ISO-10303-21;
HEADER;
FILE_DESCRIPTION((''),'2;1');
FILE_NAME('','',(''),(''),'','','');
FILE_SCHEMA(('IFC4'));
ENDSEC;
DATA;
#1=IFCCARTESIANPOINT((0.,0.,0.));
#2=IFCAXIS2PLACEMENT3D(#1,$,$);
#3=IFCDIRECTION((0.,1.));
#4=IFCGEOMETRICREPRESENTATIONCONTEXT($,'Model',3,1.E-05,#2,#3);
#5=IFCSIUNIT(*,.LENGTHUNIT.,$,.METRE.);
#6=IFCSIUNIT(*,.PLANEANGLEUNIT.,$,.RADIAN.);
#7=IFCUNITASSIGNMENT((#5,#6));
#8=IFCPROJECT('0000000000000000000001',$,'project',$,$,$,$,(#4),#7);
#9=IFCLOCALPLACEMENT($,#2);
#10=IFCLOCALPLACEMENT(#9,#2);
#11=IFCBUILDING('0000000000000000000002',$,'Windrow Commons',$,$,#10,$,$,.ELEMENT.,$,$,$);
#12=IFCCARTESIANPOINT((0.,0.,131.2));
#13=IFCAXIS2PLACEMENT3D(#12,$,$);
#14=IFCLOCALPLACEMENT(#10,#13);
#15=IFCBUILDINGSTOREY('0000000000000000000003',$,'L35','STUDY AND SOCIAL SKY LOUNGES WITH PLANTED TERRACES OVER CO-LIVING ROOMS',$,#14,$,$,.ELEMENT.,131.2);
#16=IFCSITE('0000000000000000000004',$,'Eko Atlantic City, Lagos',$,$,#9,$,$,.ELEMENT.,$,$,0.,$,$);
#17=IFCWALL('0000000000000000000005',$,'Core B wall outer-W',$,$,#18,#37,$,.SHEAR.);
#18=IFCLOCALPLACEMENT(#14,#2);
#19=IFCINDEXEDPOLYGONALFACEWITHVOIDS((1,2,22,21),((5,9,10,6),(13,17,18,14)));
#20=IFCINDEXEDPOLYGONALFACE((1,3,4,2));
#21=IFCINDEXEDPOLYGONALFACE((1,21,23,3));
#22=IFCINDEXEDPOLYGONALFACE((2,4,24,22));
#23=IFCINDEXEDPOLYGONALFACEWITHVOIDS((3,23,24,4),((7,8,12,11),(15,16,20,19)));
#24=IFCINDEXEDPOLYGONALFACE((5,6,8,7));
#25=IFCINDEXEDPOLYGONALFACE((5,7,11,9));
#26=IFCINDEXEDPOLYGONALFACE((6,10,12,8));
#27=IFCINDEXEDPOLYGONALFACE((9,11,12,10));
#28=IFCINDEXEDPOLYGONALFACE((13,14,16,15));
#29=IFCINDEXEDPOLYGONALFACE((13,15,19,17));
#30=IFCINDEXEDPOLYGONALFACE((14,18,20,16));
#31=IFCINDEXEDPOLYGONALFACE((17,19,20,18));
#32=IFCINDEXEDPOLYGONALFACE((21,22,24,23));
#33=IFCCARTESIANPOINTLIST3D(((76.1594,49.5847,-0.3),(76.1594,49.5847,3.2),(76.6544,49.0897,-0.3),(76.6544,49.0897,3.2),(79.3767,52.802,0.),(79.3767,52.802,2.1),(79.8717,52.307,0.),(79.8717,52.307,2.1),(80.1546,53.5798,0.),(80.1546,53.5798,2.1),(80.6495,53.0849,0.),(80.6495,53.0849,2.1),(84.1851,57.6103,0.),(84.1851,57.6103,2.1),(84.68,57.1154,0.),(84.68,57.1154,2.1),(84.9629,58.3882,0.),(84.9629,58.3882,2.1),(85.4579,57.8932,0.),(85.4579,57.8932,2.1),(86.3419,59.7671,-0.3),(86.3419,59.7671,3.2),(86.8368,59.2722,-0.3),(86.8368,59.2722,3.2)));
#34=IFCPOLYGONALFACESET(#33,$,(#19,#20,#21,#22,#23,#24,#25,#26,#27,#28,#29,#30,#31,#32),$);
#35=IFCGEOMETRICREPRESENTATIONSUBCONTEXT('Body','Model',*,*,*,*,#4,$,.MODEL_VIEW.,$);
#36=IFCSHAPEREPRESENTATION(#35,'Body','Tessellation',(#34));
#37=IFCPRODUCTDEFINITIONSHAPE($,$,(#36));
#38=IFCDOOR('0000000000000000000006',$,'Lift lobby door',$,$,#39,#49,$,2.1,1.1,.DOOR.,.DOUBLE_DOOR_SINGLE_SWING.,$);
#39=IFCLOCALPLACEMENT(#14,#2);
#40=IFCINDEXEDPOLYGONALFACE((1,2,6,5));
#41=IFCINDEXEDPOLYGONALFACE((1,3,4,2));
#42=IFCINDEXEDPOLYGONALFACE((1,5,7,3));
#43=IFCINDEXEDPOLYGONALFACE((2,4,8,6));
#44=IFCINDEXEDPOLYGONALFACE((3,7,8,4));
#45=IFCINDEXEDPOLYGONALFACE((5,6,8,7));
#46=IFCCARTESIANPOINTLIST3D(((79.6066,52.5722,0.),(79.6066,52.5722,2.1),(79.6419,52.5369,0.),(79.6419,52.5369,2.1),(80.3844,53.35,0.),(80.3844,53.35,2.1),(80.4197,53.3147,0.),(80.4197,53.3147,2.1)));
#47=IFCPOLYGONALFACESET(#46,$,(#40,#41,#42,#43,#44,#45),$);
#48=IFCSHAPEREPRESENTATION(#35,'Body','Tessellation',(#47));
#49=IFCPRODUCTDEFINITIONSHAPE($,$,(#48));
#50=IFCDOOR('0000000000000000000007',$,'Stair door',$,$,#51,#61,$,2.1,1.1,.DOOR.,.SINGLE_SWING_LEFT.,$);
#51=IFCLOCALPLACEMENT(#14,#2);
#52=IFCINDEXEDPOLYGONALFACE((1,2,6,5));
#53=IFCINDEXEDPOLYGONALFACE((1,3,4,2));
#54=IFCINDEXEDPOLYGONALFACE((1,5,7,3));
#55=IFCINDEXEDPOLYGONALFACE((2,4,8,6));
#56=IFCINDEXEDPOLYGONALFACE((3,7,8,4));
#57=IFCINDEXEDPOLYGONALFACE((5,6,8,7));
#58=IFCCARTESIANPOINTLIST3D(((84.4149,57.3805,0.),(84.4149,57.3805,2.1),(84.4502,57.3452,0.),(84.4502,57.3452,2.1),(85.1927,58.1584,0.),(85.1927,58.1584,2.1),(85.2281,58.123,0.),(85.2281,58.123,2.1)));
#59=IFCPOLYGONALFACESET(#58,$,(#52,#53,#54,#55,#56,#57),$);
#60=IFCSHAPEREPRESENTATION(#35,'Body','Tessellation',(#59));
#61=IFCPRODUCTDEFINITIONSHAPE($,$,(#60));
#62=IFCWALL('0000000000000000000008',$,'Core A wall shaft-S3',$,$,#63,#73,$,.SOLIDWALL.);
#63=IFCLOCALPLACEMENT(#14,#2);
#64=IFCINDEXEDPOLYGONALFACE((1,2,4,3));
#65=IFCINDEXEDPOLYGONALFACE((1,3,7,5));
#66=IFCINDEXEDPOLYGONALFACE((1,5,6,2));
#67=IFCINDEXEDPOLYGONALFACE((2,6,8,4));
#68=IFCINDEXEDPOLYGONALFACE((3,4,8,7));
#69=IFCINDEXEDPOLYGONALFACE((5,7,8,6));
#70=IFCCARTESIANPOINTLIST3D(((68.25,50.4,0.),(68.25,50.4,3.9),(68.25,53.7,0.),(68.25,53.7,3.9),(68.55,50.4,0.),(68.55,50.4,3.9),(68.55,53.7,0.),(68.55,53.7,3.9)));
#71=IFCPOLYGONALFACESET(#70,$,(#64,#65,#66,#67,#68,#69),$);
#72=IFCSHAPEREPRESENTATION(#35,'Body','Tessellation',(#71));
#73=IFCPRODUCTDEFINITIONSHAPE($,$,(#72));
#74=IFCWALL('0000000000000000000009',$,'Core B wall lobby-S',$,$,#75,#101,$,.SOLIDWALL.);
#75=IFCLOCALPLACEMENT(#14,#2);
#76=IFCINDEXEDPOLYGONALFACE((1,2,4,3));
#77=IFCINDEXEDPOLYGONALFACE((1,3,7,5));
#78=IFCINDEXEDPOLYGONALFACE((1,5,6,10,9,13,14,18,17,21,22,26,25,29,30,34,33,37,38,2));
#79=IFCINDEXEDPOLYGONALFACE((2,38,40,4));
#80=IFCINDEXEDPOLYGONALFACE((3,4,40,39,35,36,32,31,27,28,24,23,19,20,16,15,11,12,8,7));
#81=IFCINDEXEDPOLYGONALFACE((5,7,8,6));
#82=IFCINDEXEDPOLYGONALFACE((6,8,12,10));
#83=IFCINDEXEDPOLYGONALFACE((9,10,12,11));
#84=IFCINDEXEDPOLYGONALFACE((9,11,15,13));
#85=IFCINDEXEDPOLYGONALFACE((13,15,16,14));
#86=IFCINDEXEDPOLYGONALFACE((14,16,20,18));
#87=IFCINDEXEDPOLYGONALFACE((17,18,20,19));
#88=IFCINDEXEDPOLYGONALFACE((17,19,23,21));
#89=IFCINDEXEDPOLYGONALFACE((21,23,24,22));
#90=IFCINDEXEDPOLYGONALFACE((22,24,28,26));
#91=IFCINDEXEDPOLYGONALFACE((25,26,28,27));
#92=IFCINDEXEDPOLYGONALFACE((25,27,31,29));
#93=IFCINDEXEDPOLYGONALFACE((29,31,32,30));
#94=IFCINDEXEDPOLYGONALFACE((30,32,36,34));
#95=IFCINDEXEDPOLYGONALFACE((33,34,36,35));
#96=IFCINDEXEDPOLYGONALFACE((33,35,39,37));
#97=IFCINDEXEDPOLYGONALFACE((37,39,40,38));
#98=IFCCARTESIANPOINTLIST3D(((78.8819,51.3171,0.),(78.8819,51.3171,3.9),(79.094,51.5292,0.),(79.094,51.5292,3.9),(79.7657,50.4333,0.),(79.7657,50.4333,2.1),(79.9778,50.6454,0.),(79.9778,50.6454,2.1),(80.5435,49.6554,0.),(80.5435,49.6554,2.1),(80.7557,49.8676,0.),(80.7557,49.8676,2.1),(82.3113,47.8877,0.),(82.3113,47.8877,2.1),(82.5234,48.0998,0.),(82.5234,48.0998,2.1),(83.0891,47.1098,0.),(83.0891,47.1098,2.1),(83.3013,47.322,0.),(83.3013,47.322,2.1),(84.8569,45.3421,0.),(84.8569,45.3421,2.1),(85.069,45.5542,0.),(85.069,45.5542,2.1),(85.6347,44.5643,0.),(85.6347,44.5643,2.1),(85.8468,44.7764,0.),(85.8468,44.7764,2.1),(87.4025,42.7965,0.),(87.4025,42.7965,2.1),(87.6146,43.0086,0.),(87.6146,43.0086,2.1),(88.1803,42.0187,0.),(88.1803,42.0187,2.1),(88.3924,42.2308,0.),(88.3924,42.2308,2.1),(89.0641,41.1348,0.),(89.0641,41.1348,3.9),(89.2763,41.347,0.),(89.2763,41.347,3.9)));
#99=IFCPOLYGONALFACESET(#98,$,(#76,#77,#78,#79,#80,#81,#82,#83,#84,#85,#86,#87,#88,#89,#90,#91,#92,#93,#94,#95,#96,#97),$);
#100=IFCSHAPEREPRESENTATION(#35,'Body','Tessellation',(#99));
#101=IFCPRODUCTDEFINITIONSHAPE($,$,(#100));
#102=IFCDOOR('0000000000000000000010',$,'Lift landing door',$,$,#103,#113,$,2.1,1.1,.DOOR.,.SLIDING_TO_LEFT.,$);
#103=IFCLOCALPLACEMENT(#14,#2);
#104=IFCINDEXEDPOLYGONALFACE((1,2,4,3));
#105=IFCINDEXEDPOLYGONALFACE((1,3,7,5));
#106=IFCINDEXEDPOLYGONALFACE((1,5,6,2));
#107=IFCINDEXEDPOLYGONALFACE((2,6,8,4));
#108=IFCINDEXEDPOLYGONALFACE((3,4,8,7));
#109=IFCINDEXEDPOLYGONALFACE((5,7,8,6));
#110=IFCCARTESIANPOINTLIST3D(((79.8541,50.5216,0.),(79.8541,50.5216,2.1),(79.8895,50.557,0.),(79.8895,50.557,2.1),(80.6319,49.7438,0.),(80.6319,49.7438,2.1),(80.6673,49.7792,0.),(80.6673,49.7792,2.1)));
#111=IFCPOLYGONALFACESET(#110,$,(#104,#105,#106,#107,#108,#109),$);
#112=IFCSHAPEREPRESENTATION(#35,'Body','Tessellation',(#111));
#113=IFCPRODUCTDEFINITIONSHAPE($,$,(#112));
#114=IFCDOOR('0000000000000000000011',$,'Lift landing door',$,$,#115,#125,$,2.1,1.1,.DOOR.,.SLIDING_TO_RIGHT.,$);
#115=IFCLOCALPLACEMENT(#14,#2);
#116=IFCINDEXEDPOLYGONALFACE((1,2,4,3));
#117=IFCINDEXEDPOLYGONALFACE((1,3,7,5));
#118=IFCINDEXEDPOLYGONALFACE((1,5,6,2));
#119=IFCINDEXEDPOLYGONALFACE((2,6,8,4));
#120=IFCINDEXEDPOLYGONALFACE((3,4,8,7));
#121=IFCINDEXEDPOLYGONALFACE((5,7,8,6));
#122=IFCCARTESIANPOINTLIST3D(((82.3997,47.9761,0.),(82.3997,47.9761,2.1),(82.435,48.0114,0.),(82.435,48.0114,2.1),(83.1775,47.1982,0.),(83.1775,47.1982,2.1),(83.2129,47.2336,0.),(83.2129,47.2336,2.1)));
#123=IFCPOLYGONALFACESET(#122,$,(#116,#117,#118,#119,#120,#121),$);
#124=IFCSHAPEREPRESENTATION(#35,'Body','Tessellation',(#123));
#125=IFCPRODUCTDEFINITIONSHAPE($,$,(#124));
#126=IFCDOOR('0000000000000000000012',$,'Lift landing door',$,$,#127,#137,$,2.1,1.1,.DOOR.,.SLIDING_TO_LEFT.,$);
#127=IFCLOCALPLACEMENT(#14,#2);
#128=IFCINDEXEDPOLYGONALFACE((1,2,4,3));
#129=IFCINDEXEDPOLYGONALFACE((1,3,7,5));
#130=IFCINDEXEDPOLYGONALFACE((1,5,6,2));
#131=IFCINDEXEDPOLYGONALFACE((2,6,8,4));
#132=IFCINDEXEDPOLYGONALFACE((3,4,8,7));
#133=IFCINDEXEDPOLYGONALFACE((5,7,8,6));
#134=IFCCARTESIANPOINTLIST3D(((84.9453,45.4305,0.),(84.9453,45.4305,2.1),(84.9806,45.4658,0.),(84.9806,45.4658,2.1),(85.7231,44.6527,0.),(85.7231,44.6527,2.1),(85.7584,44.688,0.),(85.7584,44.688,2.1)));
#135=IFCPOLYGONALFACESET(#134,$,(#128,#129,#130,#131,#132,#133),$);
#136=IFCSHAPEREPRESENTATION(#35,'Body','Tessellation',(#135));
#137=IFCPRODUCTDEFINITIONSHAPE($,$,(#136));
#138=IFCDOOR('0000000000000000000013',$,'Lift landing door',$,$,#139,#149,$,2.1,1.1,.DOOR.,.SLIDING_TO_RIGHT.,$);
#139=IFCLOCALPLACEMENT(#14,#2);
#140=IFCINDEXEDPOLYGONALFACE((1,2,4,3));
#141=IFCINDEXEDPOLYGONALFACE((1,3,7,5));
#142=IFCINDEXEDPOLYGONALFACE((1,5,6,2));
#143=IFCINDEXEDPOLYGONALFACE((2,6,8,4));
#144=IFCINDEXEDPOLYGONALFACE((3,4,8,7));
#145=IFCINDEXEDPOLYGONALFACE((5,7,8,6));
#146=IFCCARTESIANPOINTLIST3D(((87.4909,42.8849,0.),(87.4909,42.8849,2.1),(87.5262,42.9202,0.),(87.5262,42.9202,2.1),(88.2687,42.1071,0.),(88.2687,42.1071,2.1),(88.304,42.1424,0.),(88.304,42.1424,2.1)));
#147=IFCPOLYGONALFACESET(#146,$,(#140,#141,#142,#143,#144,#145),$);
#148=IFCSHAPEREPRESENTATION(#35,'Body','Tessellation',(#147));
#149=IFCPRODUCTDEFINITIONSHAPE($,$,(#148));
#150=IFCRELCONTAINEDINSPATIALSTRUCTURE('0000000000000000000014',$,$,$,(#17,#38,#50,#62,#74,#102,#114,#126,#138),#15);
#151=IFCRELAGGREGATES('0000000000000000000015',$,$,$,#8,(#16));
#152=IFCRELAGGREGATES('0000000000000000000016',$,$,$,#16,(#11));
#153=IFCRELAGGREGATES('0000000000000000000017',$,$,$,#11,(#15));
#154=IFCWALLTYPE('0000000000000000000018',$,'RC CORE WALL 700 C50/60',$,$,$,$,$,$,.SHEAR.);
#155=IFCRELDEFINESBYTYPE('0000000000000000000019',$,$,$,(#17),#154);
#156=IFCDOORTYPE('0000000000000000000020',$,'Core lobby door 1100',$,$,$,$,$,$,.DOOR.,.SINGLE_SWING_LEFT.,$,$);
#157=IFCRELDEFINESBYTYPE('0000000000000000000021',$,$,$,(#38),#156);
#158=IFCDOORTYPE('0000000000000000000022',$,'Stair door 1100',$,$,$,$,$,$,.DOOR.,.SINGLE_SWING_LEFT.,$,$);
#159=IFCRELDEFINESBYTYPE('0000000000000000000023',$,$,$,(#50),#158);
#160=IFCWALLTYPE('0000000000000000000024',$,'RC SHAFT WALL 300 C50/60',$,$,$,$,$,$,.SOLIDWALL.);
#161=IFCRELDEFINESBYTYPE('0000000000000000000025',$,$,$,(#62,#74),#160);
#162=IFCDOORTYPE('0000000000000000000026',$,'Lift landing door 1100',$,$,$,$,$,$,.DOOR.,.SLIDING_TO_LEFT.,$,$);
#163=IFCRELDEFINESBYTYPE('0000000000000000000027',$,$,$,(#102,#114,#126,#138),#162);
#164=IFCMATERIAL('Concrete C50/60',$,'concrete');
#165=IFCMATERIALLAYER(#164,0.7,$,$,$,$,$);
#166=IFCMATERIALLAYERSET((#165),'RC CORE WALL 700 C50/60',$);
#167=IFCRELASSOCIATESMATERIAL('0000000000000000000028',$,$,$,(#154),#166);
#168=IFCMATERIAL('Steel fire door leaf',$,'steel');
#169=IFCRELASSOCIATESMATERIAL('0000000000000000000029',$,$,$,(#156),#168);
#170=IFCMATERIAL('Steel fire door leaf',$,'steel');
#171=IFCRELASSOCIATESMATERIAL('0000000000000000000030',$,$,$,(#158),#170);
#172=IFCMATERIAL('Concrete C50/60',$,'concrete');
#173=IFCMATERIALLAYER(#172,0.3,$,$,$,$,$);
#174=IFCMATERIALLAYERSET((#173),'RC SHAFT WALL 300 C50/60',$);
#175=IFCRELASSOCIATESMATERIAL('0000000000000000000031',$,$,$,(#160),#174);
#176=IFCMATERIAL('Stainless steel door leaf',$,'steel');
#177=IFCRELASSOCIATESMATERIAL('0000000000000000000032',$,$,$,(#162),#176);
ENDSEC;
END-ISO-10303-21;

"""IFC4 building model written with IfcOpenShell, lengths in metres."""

from ifc_helpers import new_model, si_unit, direction, frame, frame_2d, origin, place, context, subcontext, project, spatial, rectangle, extrude, material, layer, layer_set, type_object, element, fill, save


model = new_model("IFC4")

# Units and contexts
model_context = context("Model", 3, precision=1e-05, world=origin(), true_north=direction((0.0, 1.0)))
body_context = subcontext(model_context, "Body", "Model", "MODEL_VIEW")
ifc_project = project(units=[si_unit("LENGTHUNIT", "METRE"), si_unit("PLANEANGLEUNIT", "RADIAN")], contexts=[model_context])

# Site, building, storey
site_placement = place(None, origin())
site = spatial("IfcSite", under=ifc_project, at=site_placement, Name="Eko Atlantic City, Lagos", CompositionType="ELEMENT", RefElevation=0.0)
building_placement = place(site_placement, origin())
building = spatial("IfcBuilding", under=site, at=building_placement, Name="Windrow Commons", CompositionType="ELEMENT")
storey_placement = place(building_placement, frame((0.0, 0.0, 131.2)))
storey = spatial("IfcBuildingStorey", under=building, at=storey_placement, Name="L35", Description="STUDY AND SOCIAL SKY LOUNGES WITH PLANTED TERRACES OVER CO-LIVING ROOMS", CompositionType="ELEMENT", Elevation=131.2)

# Wall, openings, doors
ifc_material_1 = material(Name="Concrete C50/60", Category="concrete")
ifc_layer_1 = layer(ifc_material_1, 0.7)
ifc_layer_set_1 = layer_set([ifc_layer_1], Name="RC CORE WALL 700 C50/60")
wall_type_1 = type_object("IfcWallType", Name="RC CORE WALL 700 C50/60", PredefinedType="SHEAR", material=ifc_layer_set_1)
ifc_material_2 = material(Name="Steel fire door leaf", Category="steel")
door_type_1 = type_object("IfcDoorType", Name="Core lobby door 1100", OperationType="SINGLE_SWING_LEFT", PredefinedType="DOOR", material=ifc_material_2)
ifc_material_3 = material(Name="Steel fire door leaf", Category="steel")
door_type_2 = type_object("IfcDoorType", Name="Stair door 1100", OperationType="SINGLE_SWING_LEFT", PredefinedType="DOOR", material=ifc_material_3)
wall_1_placement = place(storey_placement, frame((76.4069, 49.3372, -0.3), z_axis=(0.0, 0.0, 1.0), x_axis=(0.707107, 0.707107, 0.0)))
wall_1 = element("IfcWall", 1, at=wall_1_placement, inside=storey, type_object=wall_type_1, Name="Core B wall outer-W", PredefinedType="SHEAR", context=body_context, shape_type="SweptSolid", body=[
    extrude(rectangle(XDim=14.4001, YDim=0.7, at=frame_2d((7.2001, 0.0))), origin(), (0.0, 0.0, 1.0), 3.5),
])
opening_1_placement = place(wall_1_placement, frame((4.55, 0.0, 0.3)))
opening_1 = element("IfcOpeningElement", 2, at=opening_1_placement, cuts=wall_1, PredefinedType="OPENING", context=body_context, shape_type="SweptSolid", body=[
    extrude(rectangle(XDim=1.1, YDim=2.1, at=frame_2d((0.55, 1.05))), frame((0.0, 0.36, 0.0), z_axis=(0.0, -1.0, 0.0), x_axis=(1.0, 0.0, 0.0)), (0.0, 0.0, 1.0), 0.72),
])
opening_2_placement = place(wall_1_placement, frame((11.35, 0.0, 0.3)))
opening_2 = element("IfcOpeningElement", 3, at=opening_2_placement, cuts=wall_1, PredefinedType="OPENING", context=body_context, shape_type="SweptSolid", body=[
    extrude(rectangle(XDim=1.1, YDim=2.1, at=frame_2d((0.55, 1.05))), frame((0.0, 0.36, 0.0), z_axis=(0.0, -1.0, 0.0), x_axis=(1.0, 0.0, 0.0)), (0.0, 0.0, 1.0), 0.72),
])
door_1_placement = place(opening_1_placement, origin())
door_1 = element("IfcDoor", 4, at=door_1_placement, inside=storey, type_object=door_type_1, Name="Lift lobby door", OperationType="DOUBLE_DOOR_SINGLE_SWING", OverallHeight=2.1, OverallWidth=1.1, PredefinedType="DOOR", context=body_context, shape_type="SweptSolid", body=[
    extrude(rectangle(XDim=1.1, YDim=2.1, at=frame_2d((0.55, 1.05))), frame((0.0, 0.025, 0.0), z_axis=(0.0, -1.0, 0.0), x_axis=(1.0, 0.0, 0.0)), (0.0, 0.0, 1.0), 0.05),
])
fill(opening_1, door_1)
door_2_placement = place(opening_2_placement, origin())
door_2 = element("IfcDoor", 5, at=door_2_placement, inside=storey, type_object=door_type_2, Name="Stair door", OperationType="SINGLE_SWING_LEFT", OverallHeight=2.1, OverallWidth=1.1, PredefinedType="DOOR", context=body_context, shape_type="SweptSolid", body=[
    extrude(rectangle(XDim=1.1, YDim=2.1, at=frame_2d((0.55, 1.05))), frame((0.0, 0.025, 0.0), z_axis=(0.0, -1.0, 0.0), x_axis=(1.0, 0.0, 0.0)), (0.0, 0.0, 1.0), 0.05),
])
fill(opening_2, door_2)

# Wall
ifc_material_4 = material(Name="Concrete C50/60", Category="concrete")
ifc_layer_2 = layer(ifc_material_4, 0.3)
ifc_layer_set_2 = layer_set([ifc_layer_2], Name="RC SHAFT WALL 300 C50/60")
wall_type_2 = type_object("IfcWallType", Name="RC SHAFT WALL 300 C50/60", PredefinedType="SOLIDWALL", material=ifc_layer_set_2)
wall_2_placement = place(storey_placement, frame((68.4, 50.4, 0.0), z_axis=(0.0, 0.0, 1.0), x_axis=(0.0, 1.0, 0.0)))
element("IfcWall", 6, at=wall_2_placement, inside=storey, type_object=wall_type_2, Name="Core A wall shaft-S3", PredefinedType="SOLIDWALL", context=body_context, shape_type="SweptSolid", body=[
    extrude(rectangle(XDim=3.3, YDim=0.3, at=frame_2d((1.65, 0.0))), origin(), (0.0, 0.0, 1.0), 3.9),
])

# Wall, openings, doors
wall_3_placement = place(storey_placement, frame((78.9879, 51.4232, 0.0), z_axis=(0.0, 0.0, 1.0), x_axis=(0.707107, -0.707107, 0.0)))
wall_3 = element("IfcWall", 7, at=wall_3_placement, inside=storey, type_object=wall_type_2, Name="Core B wall lobby-S", PredefinedType="SOLIDWALL", context=body_context, shape_type="SweptSolid", body=[
    extrude(rectangle(XDim=14.3999, YDim=0.3, at=frame_2d((7.2, 0.0))), origin(), (0.0, 0.0, 1.0), 3.9),
])
opening_3_placement = place(wall_3_placement, frame((1.25, 0.0, 0.0)))
opening_3 = element("IfcOpeningElement", 8, at=opening_3_placement, cuts=wall_3, PredefinedType="OPENING", context=body_context, shape_type="SweptSolid", body=[
    extrude(rectangle(XDim=1.1, YDim=2.1, at=frame_2d((0.55, 1.05))), frame((0.0, 0.16, 0.0), z_axis=(0.0, -1.0, 0.0), x_axis=(1.0, 0.0, 0.0)), (0.0, 0.0, 1.0), 0.32),
])
opening_4_placement = place(wall_3_placement, frame((4.85, 0.0, 0.0)))
opening_4 = element("IfcOpeningElement", 9, at=opening_4_placement, cuts=wall_3, PredefinedType="OPENING", context=body_context, shape_type="SweptSolid", body=[
    extrude(rectangle(XDim=1.1, YDim=2.1, at=frame_2d((0.55, 1.05))), frame((0.0, 0.16, 0.0), z_axis=(0.0, -1.0, 0.0), x_axis=(1.0, 0.0, 0.0)), (0.0, 0.0, 1.0), 0.32),
])
opening_5_placement = place(wall_3_placement, frame((8.45, 0.0, 0.0)))
opening_5 = element("IfcOpeningElement", 10, at=opening_5_placement, cuts=wall_3, PredefinedType="OPENING", context=body_context, shape_type="SweptSolid", body=[
    extrude(rectangle(XDim=1.1, YDim=2.1, at=frame_2d((0.55, 1.05))), frame((0.0, 0.16, 0.0), z_axis=(0.0, -1.0, 0.0), x_axis=(1.0, 0.0, 0.0)), (0.0, 0.0, 1.0), 0.32),
])
opening_6_placement = place(wall_3_placement, frame((12.05, 0.0, 0.0)))
opening_6 = element("IfcOpeningElement", 11, at=opening_6_placement, cuts=wall_3, PredefinedType="OPENING", context=body_context, shape_type="SweptSolid", body=[
    extrude(rectangle(XDim=1.1, YDim=2.1, at=frame_2d((0.55, 1.05))), frame((0.0, 0.16, 0.0), z_axis=(0.0, -1.0, 0.0), x_axis=(1.0, 0.0, 0.0)), (0.0, 0.0, 1.0), 0.32),
])
ifc_material_5 = material(Name="Stainless steel door leaf", Category="steel")
door_type_3 = type_object("IfcDoorType", Name="Lift landing door 1100", OperationType="SLIDING_TO_LEFT", PredefinedType="DOOR", material=ifc_material_5)
door_3_placement = place(opening_3_placement, origin())
door_3 = element("IfcDoor", 12, at=door_3_placement, inside=storey, type_object=door_type_3, Name="Lift landing door", OperationType="SLIDING_TO_LEFT", OverallHeight=2.1, OverallWidth=1.1, PredefinedType="DOOR", context=body_context, shape_type="SweptSolid", body=[
    extrude(rectangle(XDim=1.1, YDim=2.1, at=frame_2d((0.55, 1.05))), frame((0.0, 0.025, 0.0), z_axis=(0.0, -1.0, 0.0), x_axis=(1.0, 0.0, 0.0)), (0.0, 0.0, 1.0), 0.05),
])
fill(opening_3, door_3)
door_4_placement = place(opening_4_placement, origin())
door_4 = element("IfcDoor", 13, at=door_4_placement, inside=storey, type_object=door_type_3, Name="Lift landing door", OperationType="SLIDING_TO_RIGHT", OverallHeight=2.1, OverallWidth=1.1, PredefinedType="DOOR", context=body_context, shape_type="SweptSolid", body=[
    extrude(rectangle(XDim=1.1, YDim=2.1, at=frame_2d((0.55, 1.05))), frame((0.0, 0.025, 0.0), z_axis=(0.0, -1.0, 0.0), x_axis=(1.0, 0.0, 0.0)), (0.0, 0.0, 1.0), 0.05),
])
fill(opening_4, door_4)
door_5_placement = place(opening_5_placement, origin())
door_5 = element("IfcDoor", 14, at=door_5_placement, inside=storey, type_object=door_type_3, Name="Lift landing door", OperationType="SLIDING_TO_LEFT", OverallHeight=2.1, OverallWidth=1.1, PredefinedType="DOOR", context=body_context, shape_type="SweptSolid", body=[
    extrude(rectangle(XDim=1.1, YDim=2.1, at=frame_2d((0.55, 1.05))), frame((0.0, 0.025, 0.0), z_axis=(0.0, -1.0, 0.0), x_axis=(1.0, 0.0, 0.0)), (0.0, 0.0, 1.0), 0.05),
])
fill(opening_5, door_5)
door_6_placement = place(opening_6_placement, origin())
door_6 = element("IfcDoor", 15, at=door_6_placement, inside=storey, type_object=door_type_3, Name="Lift landing door", OperationType="SLIDING_TO_RIGHT", OverallHeight=2.1, OverallWidth=1.1, PredefinedType="DOOR", context=body_context, shape_type="SweptSolid", body=[
    extrude(rectangle(XDim=1.1, YDim=2.1, at=frame_2d((0.55, 1.05))), frame((0.0, 0.025, 0.0), z_axis=(0.0, -1.0, 0.0), x_axis=(1.0, 0.0, 0.0)), (0.0, 0.0, 1.0), 0.05),
])
fill(opening_6, door_6)

save(model, "model.ifc")
